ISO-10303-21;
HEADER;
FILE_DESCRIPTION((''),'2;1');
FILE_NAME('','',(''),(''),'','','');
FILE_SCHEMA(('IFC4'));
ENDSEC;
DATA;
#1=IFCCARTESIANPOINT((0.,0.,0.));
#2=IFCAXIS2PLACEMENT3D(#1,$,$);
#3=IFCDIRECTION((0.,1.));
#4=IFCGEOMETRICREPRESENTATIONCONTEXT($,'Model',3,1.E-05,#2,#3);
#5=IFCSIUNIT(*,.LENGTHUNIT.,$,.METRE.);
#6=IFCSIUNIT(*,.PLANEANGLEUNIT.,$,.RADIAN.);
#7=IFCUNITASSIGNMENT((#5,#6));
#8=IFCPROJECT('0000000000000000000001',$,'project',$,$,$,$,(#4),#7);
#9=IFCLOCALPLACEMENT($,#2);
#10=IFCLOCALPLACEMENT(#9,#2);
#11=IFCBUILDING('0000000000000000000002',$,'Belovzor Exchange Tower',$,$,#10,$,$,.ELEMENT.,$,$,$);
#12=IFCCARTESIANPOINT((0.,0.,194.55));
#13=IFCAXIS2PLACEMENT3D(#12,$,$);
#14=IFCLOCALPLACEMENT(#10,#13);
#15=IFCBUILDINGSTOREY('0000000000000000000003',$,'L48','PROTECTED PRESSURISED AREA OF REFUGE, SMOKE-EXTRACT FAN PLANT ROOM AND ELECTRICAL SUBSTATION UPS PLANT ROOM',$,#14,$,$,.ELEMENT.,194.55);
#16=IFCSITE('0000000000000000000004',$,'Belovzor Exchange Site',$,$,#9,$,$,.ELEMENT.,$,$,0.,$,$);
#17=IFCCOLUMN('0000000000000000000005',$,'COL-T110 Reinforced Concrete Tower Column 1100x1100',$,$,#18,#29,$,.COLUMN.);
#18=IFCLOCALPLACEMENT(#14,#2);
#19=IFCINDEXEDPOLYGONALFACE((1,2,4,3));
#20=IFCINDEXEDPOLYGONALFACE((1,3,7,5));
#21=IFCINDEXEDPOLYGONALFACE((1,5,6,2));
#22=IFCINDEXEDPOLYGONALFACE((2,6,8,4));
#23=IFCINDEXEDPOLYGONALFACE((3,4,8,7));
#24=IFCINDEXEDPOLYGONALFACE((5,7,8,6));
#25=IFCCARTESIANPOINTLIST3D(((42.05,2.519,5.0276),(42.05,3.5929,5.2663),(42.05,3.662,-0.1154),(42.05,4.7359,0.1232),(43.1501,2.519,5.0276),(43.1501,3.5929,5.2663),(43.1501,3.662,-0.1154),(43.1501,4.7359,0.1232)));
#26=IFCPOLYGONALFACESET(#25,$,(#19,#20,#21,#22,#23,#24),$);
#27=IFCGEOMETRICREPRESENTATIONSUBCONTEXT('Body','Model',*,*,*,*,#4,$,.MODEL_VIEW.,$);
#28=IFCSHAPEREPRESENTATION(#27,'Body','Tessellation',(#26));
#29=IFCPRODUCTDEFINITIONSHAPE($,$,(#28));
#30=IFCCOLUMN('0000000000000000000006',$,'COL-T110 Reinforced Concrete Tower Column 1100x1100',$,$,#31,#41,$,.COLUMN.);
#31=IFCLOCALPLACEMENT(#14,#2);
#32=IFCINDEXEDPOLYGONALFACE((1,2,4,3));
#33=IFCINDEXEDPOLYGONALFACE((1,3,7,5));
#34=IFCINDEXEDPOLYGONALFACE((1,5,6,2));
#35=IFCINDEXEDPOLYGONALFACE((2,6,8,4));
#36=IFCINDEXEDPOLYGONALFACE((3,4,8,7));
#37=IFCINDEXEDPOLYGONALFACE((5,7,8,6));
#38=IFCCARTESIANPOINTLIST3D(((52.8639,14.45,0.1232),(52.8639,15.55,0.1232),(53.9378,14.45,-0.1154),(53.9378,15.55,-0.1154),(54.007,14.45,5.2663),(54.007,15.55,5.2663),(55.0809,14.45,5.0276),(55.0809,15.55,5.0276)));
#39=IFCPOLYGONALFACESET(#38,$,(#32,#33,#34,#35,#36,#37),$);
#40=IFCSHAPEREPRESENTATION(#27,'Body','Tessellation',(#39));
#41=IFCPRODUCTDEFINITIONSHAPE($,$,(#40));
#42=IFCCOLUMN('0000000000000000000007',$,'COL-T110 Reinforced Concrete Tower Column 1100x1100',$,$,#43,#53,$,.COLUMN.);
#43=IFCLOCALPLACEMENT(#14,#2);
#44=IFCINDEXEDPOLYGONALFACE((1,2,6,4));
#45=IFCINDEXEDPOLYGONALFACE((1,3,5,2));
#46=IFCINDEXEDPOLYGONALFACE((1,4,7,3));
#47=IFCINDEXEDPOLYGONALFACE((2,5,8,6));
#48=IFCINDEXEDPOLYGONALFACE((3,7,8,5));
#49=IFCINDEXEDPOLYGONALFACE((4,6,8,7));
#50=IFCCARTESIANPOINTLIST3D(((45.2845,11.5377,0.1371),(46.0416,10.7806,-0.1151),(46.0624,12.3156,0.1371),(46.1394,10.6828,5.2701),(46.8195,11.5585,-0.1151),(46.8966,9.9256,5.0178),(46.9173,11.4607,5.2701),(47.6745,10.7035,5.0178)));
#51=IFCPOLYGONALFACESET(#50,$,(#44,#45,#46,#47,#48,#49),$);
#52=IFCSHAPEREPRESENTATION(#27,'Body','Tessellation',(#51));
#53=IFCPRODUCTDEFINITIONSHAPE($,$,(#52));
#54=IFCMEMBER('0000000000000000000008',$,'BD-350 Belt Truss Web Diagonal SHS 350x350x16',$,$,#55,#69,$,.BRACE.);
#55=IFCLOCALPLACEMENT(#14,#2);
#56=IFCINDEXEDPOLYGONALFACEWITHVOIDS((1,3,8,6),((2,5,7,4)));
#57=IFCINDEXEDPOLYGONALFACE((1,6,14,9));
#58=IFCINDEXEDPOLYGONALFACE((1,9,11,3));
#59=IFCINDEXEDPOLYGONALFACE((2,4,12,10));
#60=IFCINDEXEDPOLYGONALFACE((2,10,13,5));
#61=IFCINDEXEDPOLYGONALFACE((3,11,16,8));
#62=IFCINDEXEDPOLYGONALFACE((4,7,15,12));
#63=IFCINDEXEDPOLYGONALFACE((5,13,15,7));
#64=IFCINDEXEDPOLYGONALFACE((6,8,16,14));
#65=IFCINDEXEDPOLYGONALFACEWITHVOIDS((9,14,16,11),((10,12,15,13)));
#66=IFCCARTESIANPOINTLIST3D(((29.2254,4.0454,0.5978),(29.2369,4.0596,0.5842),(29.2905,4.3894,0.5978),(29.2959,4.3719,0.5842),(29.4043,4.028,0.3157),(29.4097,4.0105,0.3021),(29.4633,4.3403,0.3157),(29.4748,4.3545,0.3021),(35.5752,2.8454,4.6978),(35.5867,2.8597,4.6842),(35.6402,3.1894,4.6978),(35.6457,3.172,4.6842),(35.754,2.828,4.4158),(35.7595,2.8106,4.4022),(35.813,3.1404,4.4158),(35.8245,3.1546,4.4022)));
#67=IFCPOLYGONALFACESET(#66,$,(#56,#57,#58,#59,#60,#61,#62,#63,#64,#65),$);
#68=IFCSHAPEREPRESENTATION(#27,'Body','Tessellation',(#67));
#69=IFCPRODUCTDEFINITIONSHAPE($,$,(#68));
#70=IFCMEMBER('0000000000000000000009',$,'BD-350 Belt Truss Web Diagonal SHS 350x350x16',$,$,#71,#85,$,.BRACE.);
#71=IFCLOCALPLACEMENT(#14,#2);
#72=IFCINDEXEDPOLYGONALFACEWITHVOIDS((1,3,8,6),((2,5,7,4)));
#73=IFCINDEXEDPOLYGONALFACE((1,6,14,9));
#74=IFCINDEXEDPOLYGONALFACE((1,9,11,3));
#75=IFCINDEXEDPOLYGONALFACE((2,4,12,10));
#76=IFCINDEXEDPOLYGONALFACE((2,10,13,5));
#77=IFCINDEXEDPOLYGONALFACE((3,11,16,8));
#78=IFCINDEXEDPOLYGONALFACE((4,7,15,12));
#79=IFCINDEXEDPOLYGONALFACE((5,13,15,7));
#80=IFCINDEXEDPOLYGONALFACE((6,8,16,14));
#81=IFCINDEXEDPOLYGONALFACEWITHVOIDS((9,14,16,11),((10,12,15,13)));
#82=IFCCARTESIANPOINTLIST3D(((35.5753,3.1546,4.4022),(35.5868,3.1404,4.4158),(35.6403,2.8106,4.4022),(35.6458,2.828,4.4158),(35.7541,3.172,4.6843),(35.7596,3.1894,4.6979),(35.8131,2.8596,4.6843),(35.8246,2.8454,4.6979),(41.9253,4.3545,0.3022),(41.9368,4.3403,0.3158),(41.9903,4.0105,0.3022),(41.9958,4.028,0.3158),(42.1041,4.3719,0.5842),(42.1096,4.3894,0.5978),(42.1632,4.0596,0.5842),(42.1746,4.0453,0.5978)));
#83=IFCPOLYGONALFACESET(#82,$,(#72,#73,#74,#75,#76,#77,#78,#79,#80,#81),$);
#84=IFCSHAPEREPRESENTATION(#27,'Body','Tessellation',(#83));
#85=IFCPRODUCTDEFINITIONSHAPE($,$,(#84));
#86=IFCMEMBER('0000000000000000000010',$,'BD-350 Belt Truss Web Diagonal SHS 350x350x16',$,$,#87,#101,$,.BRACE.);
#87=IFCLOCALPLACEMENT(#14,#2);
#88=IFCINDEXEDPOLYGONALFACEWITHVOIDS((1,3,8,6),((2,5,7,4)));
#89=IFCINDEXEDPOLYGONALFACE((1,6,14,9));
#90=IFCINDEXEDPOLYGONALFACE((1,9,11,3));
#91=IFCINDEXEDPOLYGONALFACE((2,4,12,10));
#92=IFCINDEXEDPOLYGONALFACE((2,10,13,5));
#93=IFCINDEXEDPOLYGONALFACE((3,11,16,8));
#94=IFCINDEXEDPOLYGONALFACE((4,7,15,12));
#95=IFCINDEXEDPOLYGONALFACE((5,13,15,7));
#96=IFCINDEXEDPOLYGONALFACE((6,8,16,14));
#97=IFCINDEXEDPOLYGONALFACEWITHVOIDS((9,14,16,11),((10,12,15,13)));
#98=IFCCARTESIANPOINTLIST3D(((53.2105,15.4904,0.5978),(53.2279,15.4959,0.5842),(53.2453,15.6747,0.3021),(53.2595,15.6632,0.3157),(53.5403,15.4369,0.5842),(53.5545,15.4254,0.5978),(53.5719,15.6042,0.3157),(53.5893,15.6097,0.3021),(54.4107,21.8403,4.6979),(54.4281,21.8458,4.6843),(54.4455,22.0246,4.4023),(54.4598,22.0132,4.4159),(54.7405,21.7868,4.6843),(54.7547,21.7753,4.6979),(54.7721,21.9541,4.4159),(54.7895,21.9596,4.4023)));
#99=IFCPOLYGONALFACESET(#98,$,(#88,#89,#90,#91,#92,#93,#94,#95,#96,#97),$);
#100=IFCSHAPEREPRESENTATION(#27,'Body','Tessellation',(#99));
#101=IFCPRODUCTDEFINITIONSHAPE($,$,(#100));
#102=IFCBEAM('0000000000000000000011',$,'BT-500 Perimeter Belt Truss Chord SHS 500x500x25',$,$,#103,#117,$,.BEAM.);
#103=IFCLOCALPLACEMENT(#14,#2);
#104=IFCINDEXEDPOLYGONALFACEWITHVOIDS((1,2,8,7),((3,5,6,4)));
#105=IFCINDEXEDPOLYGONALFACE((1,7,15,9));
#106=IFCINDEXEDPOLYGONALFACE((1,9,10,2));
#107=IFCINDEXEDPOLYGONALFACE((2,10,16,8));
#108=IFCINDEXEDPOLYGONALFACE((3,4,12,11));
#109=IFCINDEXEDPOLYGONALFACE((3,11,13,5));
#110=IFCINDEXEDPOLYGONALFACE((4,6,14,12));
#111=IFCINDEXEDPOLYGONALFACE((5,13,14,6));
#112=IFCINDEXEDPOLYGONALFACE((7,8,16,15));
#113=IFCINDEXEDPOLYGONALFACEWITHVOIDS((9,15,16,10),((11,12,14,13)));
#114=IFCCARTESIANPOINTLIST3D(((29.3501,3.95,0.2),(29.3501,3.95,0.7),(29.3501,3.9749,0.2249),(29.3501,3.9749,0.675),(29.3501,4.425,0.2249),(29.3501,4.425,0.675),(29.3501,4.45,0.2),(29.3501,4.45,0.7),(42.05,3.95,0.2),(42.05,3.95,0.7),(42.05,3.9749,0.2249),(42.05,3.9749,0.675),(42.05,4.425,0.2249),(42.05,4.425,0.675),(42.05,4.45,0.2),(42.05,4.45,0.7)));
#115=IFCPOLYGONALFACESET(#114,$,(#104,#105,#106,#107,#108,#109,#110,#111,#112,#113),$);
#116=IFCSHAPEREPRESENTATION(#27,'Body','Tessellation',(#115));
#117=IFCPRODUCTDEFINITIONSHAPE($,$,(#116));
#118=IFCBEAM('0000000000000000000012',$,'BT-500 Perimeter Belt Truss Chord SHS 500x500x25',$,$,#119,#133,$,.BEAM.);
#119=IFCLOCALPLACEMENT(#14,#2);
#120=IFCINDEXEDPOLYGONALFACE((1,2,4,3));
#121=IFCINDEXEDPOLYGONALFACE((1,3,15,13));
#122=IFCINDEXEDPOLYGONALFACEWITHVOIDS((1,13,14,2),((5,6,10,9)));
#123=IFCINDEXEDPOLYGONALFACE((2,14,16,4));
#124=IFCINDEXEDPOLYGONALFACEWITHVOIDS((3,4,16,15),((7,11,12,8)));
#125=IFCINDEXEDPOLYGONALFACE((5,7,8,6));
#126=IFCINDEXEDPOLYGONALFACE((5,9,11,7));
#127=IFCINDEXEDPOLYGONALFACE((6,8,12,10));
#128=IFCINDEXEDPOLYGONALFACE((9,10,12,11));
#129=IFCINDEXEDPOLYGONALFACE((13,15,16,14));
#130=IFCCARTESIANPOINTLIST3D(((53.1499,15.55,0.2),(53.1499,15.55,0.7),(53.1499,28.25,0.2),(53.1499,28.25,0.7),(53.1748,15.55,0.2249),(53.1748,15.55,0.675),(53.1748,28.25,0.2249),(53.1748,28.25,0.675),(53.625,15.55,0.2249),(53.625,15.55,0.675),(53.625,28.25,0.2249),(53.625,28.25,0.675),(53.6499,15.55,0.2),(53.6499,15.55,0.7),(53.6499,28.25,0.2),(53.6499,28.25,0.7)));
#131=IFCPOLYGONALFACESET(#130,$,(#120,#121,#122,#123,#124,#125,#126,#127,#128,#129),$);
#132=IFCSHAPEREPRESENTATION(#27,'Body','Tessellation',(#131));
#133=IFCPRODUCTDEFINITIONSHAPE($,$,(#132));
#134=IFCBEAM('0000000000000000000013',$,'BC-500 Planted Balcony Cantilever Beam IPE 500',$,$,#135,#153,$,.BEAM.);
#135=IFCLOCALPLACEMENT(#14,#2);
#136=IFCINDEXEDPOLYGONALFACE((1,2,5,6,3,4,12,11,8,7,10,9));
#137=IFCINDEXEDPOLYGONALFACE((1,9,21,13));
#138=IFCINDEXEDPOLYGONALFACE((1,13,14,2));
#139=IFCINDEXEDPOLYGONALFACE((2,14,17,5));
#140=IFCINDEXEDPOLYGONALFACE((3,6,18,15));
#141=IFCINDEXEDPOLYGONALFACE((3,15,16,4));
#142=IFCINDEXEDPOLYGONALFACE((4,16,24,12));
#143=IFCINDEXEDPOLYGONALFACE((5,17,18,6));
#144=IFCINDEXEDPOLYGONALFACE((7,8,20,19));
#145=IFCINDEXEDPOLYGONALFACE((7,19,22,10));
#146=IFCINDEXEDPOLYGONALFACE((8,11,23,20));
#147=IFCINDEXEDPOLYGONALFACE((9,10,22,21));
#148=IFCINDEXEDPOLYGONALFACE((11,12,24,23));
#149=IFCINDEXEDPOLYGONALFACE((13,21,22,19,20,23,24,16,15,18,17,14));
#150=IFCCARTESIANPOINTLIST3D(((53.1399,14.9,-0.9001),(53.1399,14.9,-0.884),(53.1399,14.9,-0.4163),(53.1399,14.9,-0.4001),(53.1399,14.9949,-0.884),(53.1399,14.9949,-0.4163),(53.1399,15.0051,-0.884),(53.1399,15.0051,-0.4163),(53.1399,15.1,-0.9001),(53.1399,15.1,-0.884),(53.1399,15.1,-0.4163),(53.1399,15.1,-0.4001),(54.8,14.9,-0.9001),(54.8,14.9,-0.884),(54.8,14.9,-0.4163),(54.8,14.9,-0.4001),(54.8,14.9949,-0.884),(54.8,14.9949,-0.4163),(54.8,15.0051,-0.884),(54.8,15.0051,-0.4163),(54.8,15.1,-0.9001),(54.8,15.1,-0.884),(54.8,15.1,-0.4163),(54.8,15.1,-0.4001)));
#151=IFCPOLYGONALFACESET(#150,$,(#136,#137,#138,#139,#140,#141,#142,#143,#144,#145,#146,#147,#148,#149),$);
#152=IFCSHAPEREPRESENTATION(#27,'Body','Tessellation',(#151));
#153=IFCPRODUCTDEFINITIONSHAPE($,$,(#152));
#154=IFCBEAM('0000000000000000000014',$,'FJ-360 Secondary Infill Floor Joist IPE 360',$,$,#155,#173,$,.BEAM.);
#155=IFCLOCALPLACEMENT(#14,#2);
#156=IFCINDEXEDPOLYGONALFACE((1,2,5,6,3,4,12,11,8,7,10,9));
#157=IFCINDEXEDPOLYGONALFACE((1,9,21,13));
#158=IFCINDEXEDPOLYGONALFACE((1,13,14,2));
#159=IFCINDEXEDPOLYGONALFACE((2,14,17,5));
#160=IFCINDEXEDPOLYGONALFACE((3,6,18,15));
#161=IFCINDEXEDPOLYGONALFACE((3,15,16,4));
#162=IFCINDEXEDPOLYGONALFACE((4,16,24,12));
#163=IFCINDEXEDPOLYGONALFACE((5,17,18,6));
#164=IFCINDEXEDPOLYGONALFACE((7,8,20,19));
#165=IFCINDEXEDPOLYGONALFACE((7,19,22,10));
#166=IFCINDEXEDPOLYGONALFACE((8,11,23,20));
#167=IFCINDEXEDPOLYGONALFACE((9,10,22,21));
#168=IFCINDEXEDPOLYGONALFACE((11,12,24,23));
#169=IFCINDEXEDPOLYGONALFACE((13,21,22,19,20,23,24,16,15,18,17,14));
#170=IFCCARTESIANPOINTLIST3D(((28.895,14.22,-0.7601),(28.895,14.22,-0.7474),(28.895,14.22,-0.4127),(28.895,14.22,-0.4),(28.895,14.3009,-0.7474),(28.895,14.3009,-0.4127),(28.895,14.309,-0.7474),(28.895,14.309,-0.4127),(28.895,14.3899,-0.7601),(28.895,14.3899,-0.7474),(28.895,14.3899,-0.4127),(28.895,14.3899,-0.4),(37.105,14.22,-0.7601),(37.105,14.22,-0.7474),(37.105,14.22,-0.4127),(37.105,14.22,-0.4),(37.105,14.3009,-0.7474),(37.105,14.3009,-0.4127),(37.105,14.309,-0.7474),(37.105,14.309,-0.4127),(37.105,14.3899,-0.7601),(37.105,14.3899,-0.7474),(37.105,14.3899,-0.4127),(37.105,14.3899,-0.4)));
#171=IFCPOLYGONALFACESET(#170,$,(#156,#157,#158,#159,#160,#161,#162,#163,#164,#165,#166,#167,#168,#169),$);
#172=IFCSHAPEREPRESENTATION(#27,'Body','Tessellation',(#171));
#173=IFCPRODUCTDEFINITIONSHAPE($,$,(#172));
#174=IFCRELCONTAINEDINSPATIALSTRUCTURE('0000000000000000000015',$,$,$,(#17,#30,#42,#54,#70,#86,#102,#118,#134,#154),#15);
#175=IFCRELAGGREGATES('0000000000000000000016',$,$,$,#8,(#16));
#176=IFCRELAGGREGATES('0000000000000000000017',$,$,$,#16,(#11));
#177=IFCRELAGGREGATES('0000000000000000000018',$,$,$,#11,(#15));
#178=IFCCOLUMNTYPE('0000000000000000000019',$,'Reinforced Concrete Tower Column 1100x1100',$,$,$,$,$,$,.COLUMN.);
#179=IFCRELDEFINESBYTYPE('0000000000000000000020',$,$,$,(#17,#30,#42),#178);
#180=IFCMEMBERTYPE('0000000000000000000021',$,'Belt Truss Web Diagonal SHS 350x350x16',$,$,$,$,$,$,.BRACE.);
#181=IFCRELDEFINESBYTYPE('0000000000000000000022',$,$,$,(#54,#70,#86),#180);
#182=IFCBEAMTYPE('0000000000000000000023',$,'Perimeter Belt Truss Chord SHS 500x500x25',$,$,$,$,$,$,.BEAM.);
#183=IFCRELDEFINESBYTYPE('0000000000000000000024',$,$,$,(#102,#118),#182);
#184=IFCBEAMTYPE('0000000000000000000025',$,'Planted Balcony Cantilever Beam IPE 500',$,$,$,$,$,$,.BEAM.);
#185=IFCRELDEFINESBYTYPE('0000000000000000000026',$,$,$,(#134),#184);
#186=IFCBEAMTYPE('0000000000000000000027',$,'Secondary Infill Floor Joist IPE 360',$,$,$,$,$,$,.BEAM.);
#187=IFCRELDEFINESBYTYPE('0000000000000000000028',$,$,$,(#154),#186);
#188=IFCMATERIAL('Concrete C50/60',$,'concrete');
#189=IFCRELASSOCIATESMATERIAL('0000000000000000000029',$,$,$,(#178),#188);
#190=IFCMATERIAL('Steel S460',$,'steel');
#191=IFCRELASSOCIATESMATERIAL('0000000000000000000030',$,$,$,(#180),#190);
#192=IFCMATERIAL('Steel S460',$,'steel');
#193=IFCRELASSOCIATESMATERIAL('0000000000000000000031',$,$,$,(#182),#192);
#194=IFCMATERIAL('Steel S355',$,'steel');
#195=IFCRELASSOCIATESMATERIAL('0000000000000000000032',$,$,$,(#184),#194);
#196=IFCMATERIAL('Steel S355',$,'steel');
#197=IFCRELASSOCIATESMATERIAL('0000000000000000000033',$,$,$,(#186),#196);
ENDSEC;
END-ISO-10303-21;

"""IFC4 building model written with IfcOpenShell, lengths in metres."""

from ifc_helpers import new_model, si_unit, direction, frame, origin, origin_2d, place, context, subcontext, project, spatial, rectangle, hollow_rectangle, i_section, extrude, material, material_profile, profile_set, type_object, element, save


model = new_model("IFC4")

# Units and contexts
model_context = context("Model", 3, precision=1e-05, world=origin(), true_north=direction((0.0, 1.0)))
body_context = subcontext(model_context, "Body", "Model", "MODEL_VIEW")
ifc_project = project(units=[si_unit("LENGTHUNIT", "METRE"), si_unit("PLANEANGLEUNIT", "RADIAN")], contexts=[model_context])

# Site, building, storey
site_placement = place(None, origin())
site = spatial("IfcSite", under=ifc_project, at=site_placement, Name="Belovzor Exchange Site", CompositionType="ELEMENT", RefElevation=0.0)
building_placement = place(site_placement, origin())
building = spatial("IfcBuilding", under=site, at=building_placement, Name="Belovzor Exchange Tower", CompositionType="ELEMENT")
storey_placement = place(building_placement, frame((0.0, 0.0, 194.55)))
storey = spatial("IfcBuildingStorey", under=building, at=storey_placement, Name="L48", Description="PROTECTED PRESSURISED AREA OF REFUGE, SMOKE-EXTRACT FAN PLANT ROOM AND ELECTRICAL SUBSTATION UPS PLANT ROOM", CompositionType="ELEMENT", Elevation=194.55)

# Columns
ifc_material_1 = material(Name="Concrete C50/60", Category="concrete")
ifc_material_profile_1 = material_profile(ifc_material_1, rectangle(XDim=1.1001, YDim=1.1001, at=origin_2d()))
ifc_profile_set_1 = profile_set([ifc_material_profile_1], Name="Concrete C50/60")
column_type = type_object("IfcColumnType", Name="Reinforced Concrete Tower Column 1100x1100", PredefinedType="COLUMN", material=ifc_profile_set_1)
for number, where, z_axis, x_axis, name in (
    (1, (42.6001, 4.199, 0.0039), (0.0, -0.21696, 0.976181), (1.0, 0.0, 0.0), "COL-T110 Reinforced Concrete Tower Column 1100x1100"),
    (2, (53.4009, 15.0, 0.0039), (0.21696, 0.0, 0.976181), (0.0, 1.0, 0.0), "COL-T110 Reinforced Concrete Tower Column 1100x1100"),
):
    element("IfcColumn", number, at=place(storey_placement, frame(where, z_axis=z_axis, x_axis=x_axis)), inside=storey, type_object=column_type, Name=name, PredefinedType="COLUMN", context=body_context, shape_type="SweptSolid", body=[
        extrude(rectangle(XDim=1.1001, YDim=1.1001, at=origin_2d()), origin(), (0.0, 0.0, 1.0), 5.2686),
    ])
column_placement = place(storey_placement, frame((46.052, 11.5481, 0.011), z_axis=(0.162126, -0.162126, 0.97336), x_axis=(0.707107, 0.707107, 0.0)))
element("IfcColumn", 3, at=column_placement, inside=storey, type_object=column_type, Name="COL-T110 Reinforced Concrete Tower Column 1100x1100", PredefinedType="COLUMN", context=body_context, shape_type="SweptSolid", body=[
    extrude(rectangle(XDim=1.1001, YDim=1.1001, at=origin_2d()), origin(), (0.0, 0.0, 1.0), 5.2734),
])

# Members
ifc_material_2 = material(Name="Steel S460", Category="steel")
ifc_material_profile_2 = material_profile(ifc_material_2, hollow_rectangle(XDim=0.3501, YDim=0.3501, WallThickness=0.0161, at=origin_2d()))
ifc_profile_set_2 = profile_set([ifc_material_profile_2], Name="Steel S460")
member_type_1 = type_object("IfcMemberType", Name="Belt Truss Web Diagonal SHS 350x350x16", PredefinedType="BRACE", material=ifc_profile_set_2)
member_1_placement = place(storey_placement, frame((29.3501, 4.2, 0.45), z_axis=(0.8297, -0.156791, 0.535737), x_axis=(0.185687, 0.982609, 0.0)))
element("IfcMember", 4, at=member_1_placement, inside=storey, type_object=member_type_1, Name="BD-350 Belt Truss Web Diagonal SHS 350x350x16", PredefinedType="BRACE", context=body_context, shape_type="SweptSolid", body=[
    extrude(hollow_rectangle(XDim=0.3501, YDim=0.3501, WallThickness=0.0161, at=origin_2d()), origin(), (0.0, 0.0, 1.0), 7.6531),
])
for number, where, z_axis, x_axis, name in (
    (5, (35.7, 3.0, 4.55), (0.82971, 0.156787, -0.535723), (-0.18568, 0.98261, 0.0), "BD-350 Belt Truss Web Diagonal SHS 350x350x16"),
    (6, (53.3999, 15.55, 0.45), (0.156822, 0.829696, 0.535734), (-0.982602, 0.185723, 0.0), "BD-350 Belt Truss Web Diagonal SHS 350x350x16"),
):
    element("IfcMember", number, at=place(storey_placement, frame(where, z_axis=z_axis, x_axis=x_axis)), inside=storey, type_object=member_type_1, Name=name, PredefinedType="BRACE", context=body_context, shape_type="SweptSolid", body=[
        extrude(hollow_rectangle(XDim=0.3501, YDim=0.3501, WallThickness=0.0161, at=origin_2d()), origin(), (0.0, 0.0, 1.0), 7.6533),
    ])

# Beams
ifc_material_3 = material(Name="Steel S460", Category="steel")
ifc_material_profile_3 = material_profile(ifc_material_3, hollow_rectangle(XDim=0.5, YDim=0.5, WallThickness=0.0249, at=origin_2d()))
ifc_profile_set_3 = profile_set([ifc_material_profile_3], Name="Steel S460")
beam_type_1 = type_object("IfcBeamType", Name="Perimeter Belt Truss Chord SHS 500x500x25", PredefinedType="BEAM", material=ifc_profile_set_3)
for number, where, z_axis, x_axis, name in (
    (7, (29.3501, 4.2, 0.45), (1.0, 0.0, 0.0), (0.0, 1.0, 0.0), "BT-500 Perimeter Belt Truss Chord SHS 500x500x25"),
    (8, (53.3999, 15.55, 0.45), (0.0, 1.0, 0.0), (-1.0, 0.0, 0.0), "BT-500 Perimeter Belt Truss Chord SHS 500x500x25"),
):
    element("IfcBeam", number, at=place(storey_placement, frame(where, z_axis=z_axis, x_axis=x_axis)), inside=storey, type_object=beam_type_1, Name=name, PredefinedType="BEAM", context=body_context, shape_type="SweptSolid", body=[
        extrude(hollow_rectangle(XDim=0.5, YDim=0.5, WallThickness=0.0249, at=origin_2d()), origin(), (0.0, 0.0, 1.0), 12.7),
    ])
ifc_material_4 = material(Name="Steel S355", Category="steel")
ifc_material_profile_4 = material_profile(ifc_material_4, i_section(OverallWidth=0.2, OverallDepth=0.5, WebThickness=0.0103, FlangeThickness=0.0161, at=origin_2d()))
ifc_profile_set_4 = profile_set([ifc_material_profile_4], Name="Steel S355")
beam_type_2 = type_object("IfcBeamType", Name="Planted Balcony Cantilever Beam IPE 500", PredefinedType="BEAM", material=ifc_profile_set_4)
beam_1_placement = place(storey_placement, frame((53.1399, 15.0, -0.6501), z_axis=(1.0, 0.0, 0.0), x_axis=(0.0, 1.0, 0.0)))
element("IfcBeam", 9, at=beam_1_placement, inside=storey, type_object=beam_type_2, Name="BC-500 Planted Balcony Cantilever Beam IPE 500", PredefinedType="BEAM", context=body_context, shape_type="SweptSolid", body=[
    extrude(i_section(OverallWidth=0.2, OverallDepth=0.5, WebThickness=0.0103, FlangeThickness=0.0161, at=origin_2d()), origin(), (0.0, 0.0, 1.0), 1.6602),
])
ifc_material_5 = material(Name="Steel S355", Category="steel")
ifc_material_profile_5 = material_profile(ifc_material_5, i_section(OverallWidth=0.1699, OverallDepth=0.3601, WebThickness=0.0081, FlangeThickness=0.0127, at=origin_2d()))
ifc_profile_set_5 = profile_set([ifc_material_profile_5], Name="Steel S355")
beam_type_3 = type_object("IfcBeamType", Name="Secondary Infill Floor Joist IPE 360", PredefinedType="BEAM", material=ifc_profile_set_5)
beam_2_placement = place(storey_placement, frame((28.895, 14.3049, -0.5801), z_axis=(1.0, 0.0, 0.0), x_axis=(0.0, 1.0, 0.0)))
element("IfcBeam", 10, at=beam_2_placement, inside=storey, type_object=beam_type_3, Name="FJ-360 Secondary Infill Floor Joist IPE 360", PredefinedType="BEAM", context=body_context, shape_type="SweptSolid", body=[
    extrude(i_section(OverallWidth=0.1699, OverallDepth=0.3601, WebThickness=0.0081, FlangeThickness=0.0127, at=origin_2d()), origin(), (0.0, 0.0, 1.0), 8.21),
])

save(model, "model.ifc")
